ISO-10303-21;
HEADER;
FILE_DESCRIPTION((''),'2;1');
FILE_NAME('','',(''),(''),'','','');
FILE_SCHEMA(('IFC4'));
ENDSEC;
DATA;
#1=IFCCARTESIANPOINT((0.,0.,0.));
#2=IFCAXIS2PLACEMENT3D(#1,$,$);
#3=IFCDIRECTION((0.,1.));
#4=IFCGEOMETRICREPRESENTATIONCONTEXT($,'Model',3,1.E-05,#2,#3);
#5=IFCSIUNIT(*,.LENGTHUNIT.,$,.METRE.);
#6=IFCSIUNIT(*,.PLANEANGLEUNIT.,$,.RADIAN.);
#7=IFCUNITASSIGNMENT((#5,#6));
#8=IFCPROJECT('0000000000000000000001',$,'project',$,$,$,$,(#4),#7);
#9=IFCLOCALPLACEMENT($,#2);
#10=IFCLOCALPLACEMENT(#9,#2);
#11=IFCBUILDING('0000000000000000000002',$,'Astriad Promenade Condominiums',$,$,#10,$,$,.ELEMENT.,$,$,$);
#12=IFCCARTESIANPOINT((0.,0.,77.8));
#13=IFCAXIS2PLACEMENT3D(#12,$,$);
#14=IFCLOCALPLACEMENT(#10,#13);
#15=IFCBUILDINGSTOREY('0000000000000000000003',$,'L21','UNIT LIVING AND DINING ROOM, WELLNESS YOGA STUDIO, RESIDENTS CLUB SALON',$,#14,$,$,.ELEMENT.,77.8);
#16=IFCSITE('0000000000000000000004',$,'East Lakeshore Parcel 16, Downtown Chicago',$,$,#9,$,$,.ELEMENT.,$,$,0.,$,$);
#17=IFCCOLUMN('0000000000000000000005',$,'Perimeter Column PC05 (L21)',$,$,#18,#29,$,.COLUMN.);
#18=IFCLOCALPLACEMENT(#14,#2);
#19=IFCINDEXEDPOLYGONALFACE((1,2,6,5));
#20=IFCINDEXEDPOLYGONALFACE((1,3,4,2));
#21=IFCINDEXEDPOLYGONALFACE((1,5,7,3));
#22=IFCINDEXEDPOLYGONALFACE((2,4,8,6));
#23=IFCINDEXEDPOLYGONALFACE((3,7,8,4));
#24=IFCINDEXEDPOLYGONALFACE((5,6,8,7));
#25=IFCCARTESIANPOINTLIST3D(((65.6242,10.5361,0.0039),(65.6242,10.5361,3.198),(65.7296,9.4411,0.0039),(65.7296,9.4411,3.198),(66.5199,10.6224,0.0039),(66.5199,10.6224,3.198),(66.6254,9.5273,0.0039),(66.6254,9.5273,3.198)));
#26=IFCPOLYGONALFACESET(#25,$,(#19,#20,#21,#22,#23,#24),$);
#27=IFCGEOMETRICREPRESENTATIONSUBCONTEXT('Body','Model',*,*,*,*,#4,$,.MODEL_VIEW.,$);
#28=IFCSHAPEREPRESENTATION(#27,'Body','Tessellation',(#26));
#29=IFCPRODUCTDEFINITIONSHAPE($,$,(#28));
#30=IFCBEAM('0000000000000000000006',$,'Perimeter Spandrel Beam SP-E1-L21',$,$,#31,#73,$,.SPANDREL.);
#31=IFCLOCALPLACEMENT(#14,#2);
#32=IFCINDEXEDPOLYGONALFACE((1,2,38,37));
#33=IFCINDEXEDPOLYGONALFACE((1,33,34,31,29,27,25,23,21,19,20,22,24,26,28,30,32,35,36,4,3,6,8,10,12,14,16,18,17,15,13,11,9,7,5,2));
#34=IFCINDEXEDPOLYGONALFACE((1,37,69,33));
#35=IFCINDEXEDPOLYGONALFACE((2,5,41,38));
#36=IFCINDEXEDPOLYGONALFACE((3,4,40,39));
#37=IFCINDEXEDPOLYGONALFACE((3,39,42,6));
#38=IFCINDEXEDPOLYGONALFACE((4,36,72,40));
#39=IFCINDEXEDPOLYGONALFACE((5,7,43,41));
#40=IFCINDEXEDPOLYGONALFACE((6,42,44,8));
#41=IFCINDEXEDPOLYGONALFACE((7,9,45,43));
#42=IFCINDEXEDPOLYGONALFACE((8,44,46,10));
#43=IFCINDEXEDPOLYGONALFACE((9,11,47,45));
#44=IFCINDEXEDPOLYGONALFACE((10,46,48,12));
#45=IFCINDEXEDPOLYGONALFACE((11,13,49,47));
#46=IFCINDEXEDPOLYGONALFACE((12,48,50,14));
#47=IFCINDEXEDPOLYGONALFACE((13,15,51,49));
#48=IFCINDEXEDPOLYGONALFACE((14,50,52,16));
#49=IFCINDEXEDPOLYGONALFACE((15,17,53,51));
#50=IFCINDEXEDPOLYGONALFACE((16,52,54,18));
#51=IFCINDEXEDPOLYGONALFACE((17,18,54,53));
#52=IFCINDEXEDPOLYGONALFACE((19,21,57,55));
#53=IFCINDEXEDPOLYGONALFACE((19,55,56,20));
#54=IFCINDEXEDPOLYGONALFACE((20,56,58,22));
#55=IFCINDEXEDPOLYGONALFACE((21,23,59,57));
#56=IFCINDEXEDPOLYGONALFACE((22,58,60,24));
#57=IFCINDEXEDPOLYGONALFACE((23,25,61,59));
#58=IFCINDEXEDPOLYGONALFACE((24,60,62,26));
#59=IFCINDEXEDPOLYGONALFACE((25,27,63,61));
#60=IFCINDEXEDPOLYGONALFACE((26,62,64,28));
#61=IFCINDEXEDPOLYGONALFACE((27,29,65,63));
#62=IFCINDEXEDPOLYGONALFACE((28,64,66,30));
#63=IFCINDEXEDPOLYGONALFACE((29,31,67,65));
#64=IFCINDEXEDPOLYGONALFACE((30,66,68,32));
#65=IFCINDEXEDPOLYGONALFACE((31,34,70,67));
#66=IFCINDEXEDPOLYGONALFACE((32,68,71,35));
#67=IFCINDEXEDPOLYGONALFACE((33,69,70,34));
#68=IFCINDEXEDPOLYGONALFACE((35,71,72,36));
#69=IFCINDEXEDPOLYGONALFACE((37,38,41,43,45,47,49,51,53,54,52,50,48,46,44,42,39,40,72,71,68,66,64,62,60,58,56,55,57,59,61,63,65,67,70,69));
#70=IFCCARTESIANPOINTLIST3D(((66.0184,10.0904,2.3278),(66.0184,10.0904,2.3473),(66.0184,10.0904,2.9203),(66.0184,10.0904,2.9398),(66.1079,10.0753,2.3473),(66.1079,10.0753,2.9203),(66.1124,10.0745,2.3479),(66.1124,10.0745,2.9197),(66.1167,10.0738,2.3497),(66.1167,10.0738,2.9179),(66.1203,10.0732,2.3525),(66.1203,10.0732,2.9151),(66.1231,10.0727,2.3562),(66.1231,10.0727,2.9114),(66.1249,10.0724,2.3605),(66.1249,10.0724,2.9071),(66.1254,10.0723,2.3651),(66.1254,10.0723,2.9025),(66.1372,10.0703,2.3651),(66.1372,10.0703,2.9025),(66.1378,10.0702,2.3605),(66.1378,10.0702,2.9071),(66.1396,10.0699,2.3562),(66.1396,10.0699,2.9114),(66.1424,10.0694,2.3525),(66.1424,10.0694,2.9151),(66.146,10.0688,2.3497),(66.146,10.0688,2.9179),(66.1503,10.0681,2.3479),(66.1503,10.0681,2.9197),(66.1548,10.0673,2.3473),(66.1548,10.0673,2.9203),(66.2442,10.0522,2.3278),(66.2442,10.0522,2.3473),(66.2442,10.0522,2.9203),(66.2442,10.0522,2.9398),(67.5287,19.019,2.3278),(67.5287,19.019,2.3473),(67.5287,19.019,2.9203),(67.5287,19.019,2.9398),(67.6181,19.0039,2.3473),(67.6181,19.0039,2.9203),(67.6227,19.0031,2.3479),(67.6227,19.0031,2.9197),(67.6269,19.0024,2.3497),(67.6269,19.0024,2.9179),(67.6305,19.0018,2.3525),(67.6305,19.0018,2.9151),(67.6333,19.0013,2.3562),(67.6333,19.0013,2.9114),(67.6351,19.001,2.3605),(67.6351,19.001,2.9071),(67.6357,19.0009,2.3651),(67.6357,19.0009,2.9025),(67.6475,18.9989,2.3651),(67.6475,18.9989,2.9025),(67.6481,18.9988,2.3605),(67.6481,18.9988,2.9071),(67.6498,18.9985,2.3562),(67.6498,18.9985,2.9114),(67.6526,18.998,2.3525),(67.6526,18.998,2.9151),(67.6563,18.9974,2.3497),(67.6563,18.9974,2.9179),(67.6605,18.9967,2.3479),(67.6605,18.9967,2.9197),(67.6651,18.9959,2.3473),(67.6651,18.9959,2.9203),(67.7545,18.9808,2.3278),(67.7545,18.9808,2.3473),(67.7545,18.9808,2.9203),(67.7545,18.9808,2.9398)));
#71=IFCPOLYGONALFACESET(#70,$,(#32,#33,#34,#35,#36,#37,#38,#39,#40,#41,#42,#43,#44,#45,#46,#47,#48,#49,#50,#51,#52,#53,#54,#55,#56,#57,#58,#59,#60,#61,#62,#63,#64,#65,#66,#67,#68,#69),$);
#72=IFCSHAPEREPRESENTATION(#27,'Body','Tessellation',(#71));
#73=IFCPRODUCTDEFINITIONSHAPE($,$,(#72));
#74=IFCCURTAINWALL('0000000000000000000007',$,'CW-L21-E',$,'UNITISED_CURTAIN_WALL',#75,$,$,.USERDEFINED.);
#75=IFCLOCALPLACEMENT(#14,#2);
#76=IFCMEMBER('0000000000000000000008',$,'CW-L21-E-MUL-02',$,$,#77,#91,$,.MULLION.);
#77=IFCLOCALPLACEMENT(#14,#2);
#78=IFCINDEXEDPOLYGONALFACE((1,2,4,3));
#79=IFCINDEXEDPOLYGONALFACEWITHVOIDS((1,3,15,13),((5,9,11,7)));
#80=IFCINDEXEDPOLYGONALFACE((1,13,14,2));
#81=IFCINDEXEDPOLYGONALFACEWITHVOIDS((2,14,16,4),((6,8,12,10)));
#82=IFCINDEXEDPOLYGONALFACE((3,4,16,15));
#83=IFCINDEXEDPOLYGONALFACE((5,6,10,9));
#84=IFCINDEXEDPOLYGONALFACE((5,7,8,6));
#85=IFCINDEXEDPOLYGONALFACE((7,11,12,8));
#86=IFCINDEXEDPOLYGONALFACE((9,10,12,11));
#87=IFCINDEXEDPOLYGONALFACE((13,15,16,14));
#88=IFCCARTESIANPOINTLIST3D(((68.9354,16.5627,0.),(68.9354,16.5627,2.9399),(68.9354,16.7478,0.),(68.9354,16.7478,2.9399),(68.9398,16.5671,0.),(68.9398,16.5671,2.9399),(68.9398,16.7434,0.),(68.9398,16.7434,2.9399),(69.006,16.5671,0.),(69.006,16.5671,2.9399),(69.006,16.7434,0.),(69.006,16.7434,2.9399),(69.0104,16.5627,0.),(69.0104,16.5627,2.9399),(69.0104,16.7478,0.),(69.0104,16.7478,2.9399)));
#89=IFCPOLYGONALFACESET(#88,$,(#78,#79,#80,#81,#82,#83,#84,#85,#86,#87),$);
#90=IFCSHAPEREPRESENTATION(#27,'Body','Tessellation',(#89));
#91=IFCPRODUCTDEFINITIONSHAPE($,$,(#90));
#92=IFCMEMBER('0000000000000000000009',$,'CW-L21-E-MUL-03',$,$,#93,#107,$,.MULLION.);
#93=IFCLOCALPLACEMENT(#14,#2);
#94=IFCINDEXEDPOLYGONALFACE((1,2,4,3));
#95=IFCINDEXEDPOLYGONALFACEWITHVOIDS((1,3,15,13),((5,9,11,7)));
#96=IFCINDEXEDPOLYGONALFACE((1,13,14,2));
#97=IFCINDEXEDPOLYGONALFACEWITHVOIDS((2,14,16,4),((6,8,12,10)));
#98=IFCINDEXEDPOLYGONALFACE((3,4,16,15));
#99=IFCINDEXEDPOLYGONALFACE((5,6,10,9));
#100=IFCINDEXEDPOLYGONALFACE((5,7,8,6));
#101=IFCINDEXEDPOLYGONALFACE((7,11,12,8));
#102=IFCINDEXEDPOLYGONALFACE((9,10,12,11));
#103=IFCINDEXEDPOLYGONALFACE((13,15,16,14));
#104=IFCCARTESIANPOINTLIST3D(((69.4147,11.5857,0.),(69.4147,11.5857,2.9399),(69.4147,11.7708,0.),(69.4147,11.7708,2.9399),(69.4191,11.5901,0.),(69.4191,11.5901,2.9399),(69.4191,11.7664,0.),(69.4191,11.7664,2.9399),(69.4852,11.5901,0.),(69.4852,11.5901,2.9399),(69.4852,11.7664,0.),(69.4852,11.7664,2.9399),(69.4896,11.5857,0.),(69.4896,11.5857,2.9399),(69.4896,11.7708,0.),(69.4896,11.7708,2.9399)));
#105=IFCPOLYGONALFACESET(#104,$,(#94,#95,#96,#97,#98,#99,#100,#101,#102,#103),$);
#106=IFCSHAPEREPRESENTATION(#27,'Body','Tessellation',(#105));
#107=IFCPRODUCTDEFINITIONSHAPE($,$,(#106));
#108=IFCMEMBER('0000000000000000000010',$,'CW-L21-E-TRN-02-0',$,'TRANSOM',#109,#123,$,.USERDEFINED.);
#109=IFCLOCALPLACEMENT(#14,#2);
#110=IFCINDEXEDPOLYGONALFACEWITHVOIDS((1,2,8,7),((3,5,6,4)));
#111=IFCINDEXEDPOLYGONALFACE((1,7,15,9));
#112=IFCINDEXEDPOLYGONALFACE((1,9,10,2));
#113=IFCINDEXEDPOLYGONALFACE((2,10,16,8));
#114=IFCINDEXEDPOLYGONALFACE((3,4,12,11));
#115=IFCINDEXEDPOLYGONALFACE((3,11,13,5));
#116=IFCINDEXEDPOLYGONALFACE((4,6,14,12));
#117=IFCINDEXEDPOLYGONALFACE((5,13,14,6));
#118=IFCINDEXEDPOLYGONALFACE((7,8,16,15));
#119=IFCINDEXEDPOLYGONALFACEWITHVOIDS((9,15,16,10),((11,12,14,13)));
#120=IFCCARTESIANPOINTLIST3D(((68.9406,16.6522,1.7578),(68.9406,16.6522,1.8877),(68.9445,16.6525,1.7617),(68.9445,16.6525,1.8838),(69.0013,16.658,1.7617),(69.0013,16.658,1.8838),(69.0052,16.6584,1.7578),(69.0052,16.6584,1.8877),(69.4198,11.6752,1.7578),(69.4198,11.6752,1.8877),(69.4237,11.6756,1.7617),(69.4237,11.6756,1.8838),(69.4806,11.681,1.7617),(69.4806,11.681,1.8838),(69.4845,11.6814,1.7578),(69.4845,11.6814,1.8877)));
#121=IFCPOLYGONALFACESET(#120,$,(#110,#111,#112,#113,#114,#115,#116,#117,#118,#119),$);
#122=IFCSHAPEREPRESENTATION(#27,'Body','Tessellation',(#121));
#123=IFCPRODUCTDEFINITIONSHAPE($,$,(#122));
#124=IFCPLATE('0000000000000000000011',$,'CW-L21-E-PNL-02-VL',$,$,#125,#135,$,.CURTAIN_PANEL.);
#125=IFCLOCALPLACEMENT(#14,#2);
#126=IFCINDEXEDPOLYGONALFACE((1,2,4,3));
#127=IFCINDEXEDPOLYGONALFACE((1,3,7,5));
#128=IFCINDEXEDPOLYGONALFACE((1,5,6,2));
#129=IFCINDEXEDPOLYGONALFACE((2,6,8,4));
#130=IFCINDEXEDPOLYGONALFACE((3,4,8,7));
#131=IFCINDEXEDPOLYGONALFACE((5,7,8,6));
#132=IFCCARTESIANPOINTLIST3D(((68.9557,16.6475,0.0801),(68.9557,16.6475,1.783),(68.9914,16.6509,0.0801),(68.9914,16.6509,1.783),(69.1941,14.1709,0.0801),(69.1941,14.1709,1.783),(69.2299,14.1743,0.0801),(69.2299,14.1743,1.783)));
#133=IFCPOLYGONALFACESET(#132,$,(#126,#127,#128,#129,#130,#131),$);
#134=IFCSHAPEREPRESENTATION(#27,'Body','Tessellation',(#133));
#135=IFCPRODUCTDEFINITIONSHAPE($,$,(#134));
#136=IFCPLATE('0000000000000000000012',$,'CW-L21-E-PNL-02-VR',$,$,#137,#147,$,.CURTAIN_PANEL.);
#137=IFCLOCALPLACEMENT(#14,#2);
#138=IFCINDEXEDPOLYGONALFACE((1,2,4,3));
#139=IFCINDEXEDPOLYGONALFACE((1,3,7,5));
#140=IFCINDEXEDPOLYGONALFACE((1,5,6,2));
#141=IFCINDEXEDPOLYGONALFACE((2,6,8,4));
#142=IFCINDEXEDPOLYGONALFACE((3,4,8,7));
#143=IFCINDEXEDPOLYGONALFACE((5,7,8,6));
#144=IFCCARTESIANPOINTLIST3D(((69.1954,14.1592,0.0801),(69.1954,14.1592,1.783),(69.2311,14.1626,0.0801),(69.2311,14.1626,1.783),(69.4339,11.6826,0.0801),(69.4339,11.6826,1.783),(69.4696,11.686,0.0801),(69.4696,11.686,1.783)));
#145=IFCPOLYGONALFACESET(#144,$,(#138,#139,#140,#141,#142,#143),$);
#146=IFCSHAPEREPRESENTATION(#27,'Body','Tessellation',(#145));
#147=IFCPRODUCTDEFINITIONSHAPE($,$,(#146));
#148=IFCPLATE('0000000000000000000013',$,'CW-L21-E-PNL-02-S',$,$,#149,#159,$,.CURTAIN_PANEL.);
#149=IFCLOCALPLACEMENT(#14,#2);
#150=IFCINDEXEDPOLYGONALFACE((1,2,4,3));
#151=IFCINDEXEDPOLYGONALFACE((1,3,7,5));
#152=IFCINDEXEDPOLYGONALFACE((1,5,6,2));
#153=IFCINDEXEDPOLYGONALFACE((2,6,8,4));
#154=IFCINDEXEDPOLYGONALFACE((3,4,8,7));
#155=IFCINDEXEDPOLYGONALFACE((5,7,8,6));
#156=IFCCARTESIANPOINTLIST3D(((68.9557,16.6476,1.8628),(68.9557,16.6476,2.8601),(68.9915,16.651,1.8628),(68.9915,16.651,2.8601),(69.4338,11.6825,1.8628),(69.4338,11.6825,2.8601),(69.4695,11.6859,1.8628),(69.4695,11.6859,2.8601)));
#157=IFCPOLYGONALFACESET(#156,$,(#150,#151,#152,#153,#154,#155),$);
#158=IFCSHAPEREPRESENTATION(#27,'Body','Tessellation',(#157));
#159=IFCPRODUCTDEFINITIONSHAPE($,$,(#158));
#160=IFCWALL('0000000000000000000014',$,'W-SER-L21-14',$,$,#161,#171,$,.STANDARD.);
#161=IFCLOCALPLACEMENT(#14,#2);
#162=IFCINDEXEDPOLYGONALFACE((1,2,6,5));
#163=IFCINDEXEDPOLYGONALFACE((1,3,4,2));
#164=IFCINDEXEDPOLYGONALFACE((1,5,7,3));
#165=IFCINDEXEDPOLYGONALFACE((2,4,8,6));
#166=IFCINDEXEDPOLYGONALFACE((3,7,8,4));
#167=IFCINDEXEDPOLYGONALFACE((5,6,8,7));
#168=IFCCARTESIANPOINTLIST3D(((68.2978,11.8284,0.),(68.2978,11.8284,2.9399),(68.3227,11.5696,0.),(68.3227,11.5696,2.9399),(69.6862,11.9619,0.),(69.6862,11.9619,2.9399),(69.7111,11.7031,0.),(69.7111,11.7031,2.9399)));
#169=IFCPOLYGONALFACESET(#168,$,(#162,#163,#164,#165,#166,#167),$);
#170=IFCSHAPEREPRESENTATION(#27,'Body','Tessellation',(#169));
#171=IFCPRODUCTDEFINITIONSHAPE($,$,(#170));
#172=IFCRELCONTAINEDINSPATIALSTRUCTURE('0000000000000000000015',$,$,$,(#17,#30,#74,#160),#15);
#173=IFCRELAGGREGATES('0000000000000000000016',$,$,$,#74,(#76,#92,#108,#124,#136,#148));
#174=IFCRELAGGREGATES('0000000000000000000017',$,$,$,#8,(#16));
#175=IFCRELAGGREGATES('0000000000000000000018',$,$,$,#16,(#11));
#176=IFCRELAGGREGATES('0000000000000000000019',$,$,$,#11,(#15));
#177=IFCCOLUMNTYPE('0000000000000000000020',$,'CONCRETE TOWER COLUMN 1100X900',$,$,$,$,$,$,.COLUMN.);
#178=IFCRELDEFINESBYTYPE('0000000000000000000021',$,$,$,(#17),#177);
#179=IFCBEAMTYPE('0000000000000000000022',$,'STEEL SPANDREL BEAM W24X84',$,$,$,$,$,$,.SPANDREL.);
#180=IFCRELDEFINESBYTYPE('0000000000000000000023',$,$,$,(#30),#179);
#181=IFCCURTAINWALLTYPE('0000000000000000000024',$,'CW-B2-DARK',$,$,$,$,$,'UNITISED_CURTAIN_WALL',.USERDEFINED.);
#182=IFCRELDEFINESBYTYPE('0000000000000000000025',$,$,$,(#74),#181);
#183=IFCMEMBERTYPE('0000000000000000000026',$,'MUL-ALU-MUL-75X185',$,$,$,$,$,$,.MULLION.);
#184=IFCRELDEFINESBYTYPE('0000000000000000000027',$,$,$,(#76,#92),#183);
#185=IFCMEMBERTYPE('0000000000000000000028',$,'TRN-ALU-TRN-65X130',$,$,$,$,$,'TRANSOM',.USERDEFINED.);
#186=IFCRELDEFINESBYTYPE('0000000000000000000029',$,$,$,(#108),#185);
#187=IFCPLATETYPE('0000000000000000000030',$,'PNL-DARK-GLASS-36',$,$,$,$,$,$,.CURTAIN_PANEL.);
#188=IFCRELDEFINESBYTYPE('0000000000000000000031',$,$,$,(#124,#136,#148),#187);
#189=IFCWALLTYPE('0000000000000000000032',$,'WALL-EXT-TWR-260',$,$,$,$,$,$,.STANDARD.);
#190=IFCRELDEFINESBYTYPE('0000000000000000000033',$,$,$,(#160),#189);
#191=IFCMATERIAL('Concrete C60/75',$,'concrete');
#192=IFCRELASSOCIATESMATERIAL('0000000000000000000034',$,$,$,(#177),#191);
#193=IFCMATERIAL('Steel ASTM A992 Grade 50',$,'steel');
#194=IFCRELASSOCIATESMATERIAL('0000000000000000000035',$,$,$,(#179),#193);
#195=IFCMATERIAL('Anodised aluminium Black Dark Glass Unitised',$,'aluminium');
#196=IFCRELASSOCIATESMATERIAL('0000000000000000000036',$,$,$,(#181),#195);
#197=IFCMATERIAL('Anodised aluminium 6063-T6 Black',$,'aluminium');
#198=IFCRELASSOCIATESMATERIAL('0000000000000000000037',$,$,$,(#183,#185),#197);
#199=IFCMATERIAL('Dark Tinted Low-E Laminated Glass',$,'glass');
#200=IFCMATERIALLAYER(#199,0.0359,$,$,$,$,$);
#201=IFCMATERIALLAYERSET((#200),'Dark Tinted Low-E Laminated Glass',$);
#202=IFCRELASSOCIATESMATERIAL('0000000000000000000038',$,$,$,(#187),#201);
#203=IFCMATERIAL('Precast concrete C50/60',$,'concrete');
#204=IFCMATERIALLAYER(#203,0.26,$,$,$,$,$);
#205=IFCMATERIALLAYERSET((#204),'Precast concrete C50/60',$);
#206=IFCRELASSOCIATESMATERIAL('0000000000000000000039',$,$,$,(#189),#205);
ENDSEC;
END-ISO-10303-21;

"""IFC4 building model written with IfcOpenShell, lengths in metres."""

from ifc_helpers import new_model, si_unit, direction, frame, frame_2d, origin, origin_2d, place, context, subcontext, project, spatial, rectangle, hollow_rectangle, i_section, extrude, source, transform, mapped, material, layer, layer_set, material_profile, profile_set, type_object, type_shapes, element, aggregate, save


model = new_model("IFC4")

# Units and contexts
model_context = context("Model", 3, precision=1e-05, world=origin(), true_north=direction((0.0, 1.0)))
body_context = subcontext(model_context, "Body", "Model", "MODEL_VIEW")
ifc_project = project(units=[si_unit("LENGTHUNIT", "METRE"), si_unit("PLANEANGLEUNIT", "RADIAN")], contexts=[model_context])

# Site, building, storey
site_placement = place(None, origin())
site = spatial("IfcSite", under=ifc_project, at=site_placement, Name="East Lakeshore Parcel 16, Downtown Chicago", CompositionType="ELEMENT", RefElevation=0.0)
building_placement = place(site_placement, origin())
building = spatial("IfcBuilding", under=site, at=building_placement, Name="Astriad Promenade Condominiums", CompositionType="ELEMENT")
storey_placement = place(building_placement, frame((0.0, 0.0, 77.8)))
storey = spatial("IfcBuildingStorey", under=building, at=storey_placement, Name="L21", Description="UNIT LIVING AND DINING ROOM, WELLNESS YOGA STUDIO, RESIDENTS CLUB SALON", CompositionType="ELEMENT", Elevation=77.8)

# Column
ifc_material_1 = material(Name="Concrete C60/75", Category="concrete")
ifc_material_profile_1 = material_profile(ifc_material_1, rectangle(XDim=0.8999, YDim=1.1001, at=origin_2d()), Name="RC-COL-1100X900")
ifc_profile_set_1 = profile_set([ifc_material_profile_1], Name="Concrete C60/75")
column_type = type_object("IfcColumnType", Name="CONCRETE TOWER COLUMN 1100X900", PredefinedType="COLUMN", material=ifc_profile_set_1)
shared_shape_1 = source(origin(), body_context, "Body", "SweptSolid", [
    extrude(rectangle(XDim=0.8999, YDim=1.1001, at=origin_2d()), origin(), (0.0, 0.0, 1.0), 3.1941),
])
type_shapes(column_type, [shared_shape_1])
column_placement = place(storey_placement, frame((66.1248, 10.0317, 0.0039), z_axis=(0.0, 0.0, 1.0), x_axis=(0.995396, 0.095846, 0.0)))
element("IfcColumn", 1, at=column_placement, inside=storey, type_object=column_type, Name="Perimeter Column PC05 (L21)", PredefinedType="COLUMN", context=body_context, shape_type="MappedRepresentation", body=[
    mapped(shared_shape_1, transform((0.0, 0.0, 0.0), scale=1.0)),
])

# Beam
ifc_material_2 = material(Name="Steel ASTM A992 Grade 50", Category="steel")
ifc_material_profile_2 = material_profile(ifc_material_2, i_section(OverallWidth=0.229, OverallDepth=0.6121, WebThickness=0.012, FlangeThickness=0.0195, FilletRadius=0.0178, at=origin_2d()), Name="W24X84")
ifc_profile_set_2 = profile_set([ifc_material_profile_2], Name="Steel ASTM A992 Grade 50")
beam_type = type_object("IfcBeamType", Name="STEEL SPANDREL BEAM W24X84", PredefinedType="SPANDREL", material=ifc_profile_set_2)
shared_shape_2 = source(origin(), body_context, "Body", "SweptSolid", [
    extrude(i_section(OverallWidth=0.229, OverallDepth=0.6121, WebThickness=0.012, FlangeThickness=0.0195, FilletRadius=0.0178, at=origin_2d()), origin(), (0.0, 0.0, 1.0), 9.0554),
])
type_shapes(beam_type, [shared_shape_2])
beam_placement = place(storey_placement, frame((66.1313, 10.0713, 2.6338), z_axis=(0.166777, 0.985995, 0.0), x_axis=(-0.985995, 0.166777, 0.0)))
element("IfcBeam", 2, at=beam_placement, inside=storey, type_object=beam_type, Name="Perimeter Spandrel Beam SP-E1-L21", PredefinedType="SPANDREL", context=body_context, shape_type="MappedRepresentation", body=[
    mapped(shared_shape_2, transform((0.0, 0.0, 0.0), scale=1.0)),
])

# Curtain wall, members, plates
ifc_material_3 = material(Name="Anodised aluminium Black Dark Glass Unitised", Category="aluminium")
curtain_wall_type = type_object("IfcCurtainWallType", Name="CW-B2-DARK", ElementType="UNITISED_CURTAIN_WALL", PredefinedType="USERDEFINED", material=ifc_material_3)
curtain_wall_placement = place(storey_placement, origin())
curtain_wall = element("IfcCurtainWall", 3, at=curtain_wall_placement, inside=storey, type_object=curtain_wall_type, Name="CW-L21-E", ObjectType="UNITISED_CURTAIN_WALL", PredefinedType="USERDEFINED")
ifc_material_4 = material(Name="Anodised aluminium 6063-T6 Black", Category="aluminium")
ifc_material_profile_3 = material_profile(ifc_material_4, hollow_rectangle(XDim=0.075, YDim=0.1851, WallThickness=0.0044, at=origin_2d()), Name="ALU-MUL-75X185")
ifc_profile_set_3 = profile_set([ifc_material_profile_3], Name="Anodised aluminium 6063-T6 Black")
member_type_1 = type_object("IfcMemberType", Name="MUL-ALU-MUL-75X185", PredefinedType="MULLION", material=ifc_profile_set_3)
shared_shape_3 = source(origin(), body_context, "Body", "SweptSolid", [
    extrude(hollow_rectangle(XDim=0.075, YDim=0.1851, WallThickness=0.0044, at=origin_2d()), origin(), (0.0, 0.0, 1.0), 2.9399),
])
type_shapes(member_type_1, [shared_shape_3])
member_1_placement = place(storey_placement, frame((68.9729, 16.6553, 0.0), z_axis=(0.0, 0.0, 1.0), x_axis=(1.0, 0.0, 0.0)))
member_1 = element("IfcMember", 4, at=member_1_placement, type_object=member_type_1, Name="CW-L21-E-MUL-02", PredefinedType="MULLION", context=body_context, shape_type="MappedRepresentation", body=[
    mapped(shared_shape_3, transform((0.0, 0.0, 0.0), scale=1.0)),
])
member_2_placement = place(storey_placement, frame((69.4521, 11.6782, 0.0), z_axis=(0.0, 0.0, 1.0), x_axis=(1.0, 0.0, 0.0)))
member_2 = element("IfcMember", 5, at=member_2_placement, type_object=member_type_1, Name="CW-L21-E-MUL-03", PredefinedType="MULLION", context=body_context, shape_type="MappedRepresentation", body=[
    mapped(shared_shape_3, transform((0.0, 0.0, 0.0), scale=1.0)),
])
ifc_material_profile_4 = material_profile(ifc_material_4, hollow_rectangle(XDim=0.0649, YDim=0.1299, WallThickness=0.0039, at=origin_2d()), Name="ALU-TRN-65X130")
ifc_profile_set_4 = profile_set([ifc_material_profile_4], Name="Anodised aluminium 6063-T6 Black")
member_type_2 = type_object("IfcMemberType", Name="TRN-ALU-TRN-65X130", ElementType="TRANSOM", PredefinedType="USERDEFINED", material=ifc_profile_set_4)
shared_shape_4 = source(origin(), body_context, "Body", "SweptSolid", [
    extrude(hollow_rectangle(XDim=0.0649, YDim=0.1299, WallThickness=0.0039, at=origin_2d()), origin(), (0.0, 0.0, 1.0), 5.0),
])
type_shapes(member_type_2, [shared_shape_4])
member_3_placement = place(storey_placement, frame((68.9729, 16.6553, 1.8228), z_axis=(0.095848, -0.995396, 0.0), x_axis=(0.995396, 0.095848, 0.0)))
member_3 = element("IfcMember", 6, at=member_3_placement, type_object=member_type_2, Name="CW-L21-E-TRN-02-0", ObjectType="TRANSOM", PredefinedType="USERDEFINED", context=body_context, shape_type="MappedRepresentation", body=[
    mapped(shared_shape_4, transform((0.0, 0.0, 0.0), scale=1.0)),
])
ifc_material_5 = material(Name="Dark Tinted Low-E Laminated Glass", Category="glass")
ifc_layer_1 = layer(ifc_material_5, 0.0359)
ifc_layer_set_1 = layer_set([ifc_layer_1], Name="Dark Tinted Low-E Laminated Glass")
plate_type = type_object("IfcPlateType", Name="PNL-DARK-GLASS-36", PredefinedType="CURTAIN_PANEL", material=ifc_layer_set_1)
shared_shape_5 = source(origin(), body_context, "Body", "SweptSolid", [
    extrude(rectangle(XDim=2.488, YDim=0.0359, at=origin_2d()), origin(), (0.0, 0.0, 1.0), 1.7029),
])
plate_1_placement = place(storey_placement, frame((69.0928, 15.4109, 0.0801), z_axis=(0.0, 0.0, 1.0), x_axis=(0.095846, -0.995396, 0.0)))
plate_1 = element("IfcPlate", 7, at=plate_1_placement, type_object=plate_type, Name="CW-L21-E-PNL-02-VL", PredefinedType="CURTAIN_PANEL", context=body_context, shape_type="MappedRepresentation", body=[
    mapped(shared_shape_5, transform((0.0, 0.0, 0.0), scale=1.0)),
])
plate_2_placement = place(storey_placement, frame((69.3325, 12.9226, 0.0801), z_axis=(0.0, 0.0, 1.0), x_axis=(0.095846, -0.995396, 0.0)))
plate_2 = element("IfcPlate", 8, at=plate_2_placement, type_object=plate_type, Name="CW-L21-E-PNL-02-VR", PredefinedType="CURTAIN_PANEL", context=body_context, shape_type="MappedRepresentation", body=[
    mapped(shared_shape_5, transform((0.0, 0.0, 0.0), scale=1.0)),
])
shared_shape_6 = source(origin(), body_context, "Body", "SweptSolid", [
    extrude(rectangle(XDim=4.988, YDim=0.0359, at=origin_2d()), origin(), (0.0, 0.0, 1.0), 0.9973),
])
type_shapes(plate_type, [shared_shape_5, shared_shape_6])
plate_3_placement = place(storey_placement, frame((69.2126, 14.1667, 1.8628), z_axis=(0.0, 0.0, 1.0), x_axis=(0.095846, -0.995396, 0.0)))
plate_3 = element("IfcPlate", 9, at=plate_3_placement, type_object=plate_type, Name="CW-L21-E-PNL-02-S", PredefinedType="CURTAIN_PANEL", context=body_context, shape_type="MappedRepresentation", body=[
    mapped(shared_shape_6, transform((0.0, 0.0, 0.0), scale=1.0)),
])
aggregate(curtain_wall, [member_1, member_2, member_3, plate_1, plate_2, plate_3])

# Wall
ifc_material_6 = material(Name="Precast concrete C50/60", Category="concrete")
ifc_layer_2 = layer(ifc_material_6, 0.26)
ifc_layer_set_2 = layer_set([ifc_layer_2], Name="Precast concrete C50/60")
wall_type_1 = type_object("IfcWallType", Name="WALL-EXT-TWR-260", PredefinedType="STANDARD", material=ifc_layer_set_2)
for number, where, z_axis, x_axis, name in (
    (10, (69.6985, 11.8325, 0.0), (0.0, 0.0, 1.0), (-0.995406, -0.095742, 0.0), "W-SER-L21-14"),
):
    element("IfcWall", number, at=place(storey_placement, frame(where, z_axis=z_axis, x_axis=x_axis)), inside=storey, type_object=wall_type_1, Name=name, PredefinedType="STANDARD", context=body_context, shape_type="SweptSolid", body=[
        extrude(rectangle(XDim=1.3948, YDim=0.26, at=frame_2d((0.6973, 0.0))), origin(), (0.0, 0.0, 1.0), 2.9399),
    ])

save(model, "model.ifc")
